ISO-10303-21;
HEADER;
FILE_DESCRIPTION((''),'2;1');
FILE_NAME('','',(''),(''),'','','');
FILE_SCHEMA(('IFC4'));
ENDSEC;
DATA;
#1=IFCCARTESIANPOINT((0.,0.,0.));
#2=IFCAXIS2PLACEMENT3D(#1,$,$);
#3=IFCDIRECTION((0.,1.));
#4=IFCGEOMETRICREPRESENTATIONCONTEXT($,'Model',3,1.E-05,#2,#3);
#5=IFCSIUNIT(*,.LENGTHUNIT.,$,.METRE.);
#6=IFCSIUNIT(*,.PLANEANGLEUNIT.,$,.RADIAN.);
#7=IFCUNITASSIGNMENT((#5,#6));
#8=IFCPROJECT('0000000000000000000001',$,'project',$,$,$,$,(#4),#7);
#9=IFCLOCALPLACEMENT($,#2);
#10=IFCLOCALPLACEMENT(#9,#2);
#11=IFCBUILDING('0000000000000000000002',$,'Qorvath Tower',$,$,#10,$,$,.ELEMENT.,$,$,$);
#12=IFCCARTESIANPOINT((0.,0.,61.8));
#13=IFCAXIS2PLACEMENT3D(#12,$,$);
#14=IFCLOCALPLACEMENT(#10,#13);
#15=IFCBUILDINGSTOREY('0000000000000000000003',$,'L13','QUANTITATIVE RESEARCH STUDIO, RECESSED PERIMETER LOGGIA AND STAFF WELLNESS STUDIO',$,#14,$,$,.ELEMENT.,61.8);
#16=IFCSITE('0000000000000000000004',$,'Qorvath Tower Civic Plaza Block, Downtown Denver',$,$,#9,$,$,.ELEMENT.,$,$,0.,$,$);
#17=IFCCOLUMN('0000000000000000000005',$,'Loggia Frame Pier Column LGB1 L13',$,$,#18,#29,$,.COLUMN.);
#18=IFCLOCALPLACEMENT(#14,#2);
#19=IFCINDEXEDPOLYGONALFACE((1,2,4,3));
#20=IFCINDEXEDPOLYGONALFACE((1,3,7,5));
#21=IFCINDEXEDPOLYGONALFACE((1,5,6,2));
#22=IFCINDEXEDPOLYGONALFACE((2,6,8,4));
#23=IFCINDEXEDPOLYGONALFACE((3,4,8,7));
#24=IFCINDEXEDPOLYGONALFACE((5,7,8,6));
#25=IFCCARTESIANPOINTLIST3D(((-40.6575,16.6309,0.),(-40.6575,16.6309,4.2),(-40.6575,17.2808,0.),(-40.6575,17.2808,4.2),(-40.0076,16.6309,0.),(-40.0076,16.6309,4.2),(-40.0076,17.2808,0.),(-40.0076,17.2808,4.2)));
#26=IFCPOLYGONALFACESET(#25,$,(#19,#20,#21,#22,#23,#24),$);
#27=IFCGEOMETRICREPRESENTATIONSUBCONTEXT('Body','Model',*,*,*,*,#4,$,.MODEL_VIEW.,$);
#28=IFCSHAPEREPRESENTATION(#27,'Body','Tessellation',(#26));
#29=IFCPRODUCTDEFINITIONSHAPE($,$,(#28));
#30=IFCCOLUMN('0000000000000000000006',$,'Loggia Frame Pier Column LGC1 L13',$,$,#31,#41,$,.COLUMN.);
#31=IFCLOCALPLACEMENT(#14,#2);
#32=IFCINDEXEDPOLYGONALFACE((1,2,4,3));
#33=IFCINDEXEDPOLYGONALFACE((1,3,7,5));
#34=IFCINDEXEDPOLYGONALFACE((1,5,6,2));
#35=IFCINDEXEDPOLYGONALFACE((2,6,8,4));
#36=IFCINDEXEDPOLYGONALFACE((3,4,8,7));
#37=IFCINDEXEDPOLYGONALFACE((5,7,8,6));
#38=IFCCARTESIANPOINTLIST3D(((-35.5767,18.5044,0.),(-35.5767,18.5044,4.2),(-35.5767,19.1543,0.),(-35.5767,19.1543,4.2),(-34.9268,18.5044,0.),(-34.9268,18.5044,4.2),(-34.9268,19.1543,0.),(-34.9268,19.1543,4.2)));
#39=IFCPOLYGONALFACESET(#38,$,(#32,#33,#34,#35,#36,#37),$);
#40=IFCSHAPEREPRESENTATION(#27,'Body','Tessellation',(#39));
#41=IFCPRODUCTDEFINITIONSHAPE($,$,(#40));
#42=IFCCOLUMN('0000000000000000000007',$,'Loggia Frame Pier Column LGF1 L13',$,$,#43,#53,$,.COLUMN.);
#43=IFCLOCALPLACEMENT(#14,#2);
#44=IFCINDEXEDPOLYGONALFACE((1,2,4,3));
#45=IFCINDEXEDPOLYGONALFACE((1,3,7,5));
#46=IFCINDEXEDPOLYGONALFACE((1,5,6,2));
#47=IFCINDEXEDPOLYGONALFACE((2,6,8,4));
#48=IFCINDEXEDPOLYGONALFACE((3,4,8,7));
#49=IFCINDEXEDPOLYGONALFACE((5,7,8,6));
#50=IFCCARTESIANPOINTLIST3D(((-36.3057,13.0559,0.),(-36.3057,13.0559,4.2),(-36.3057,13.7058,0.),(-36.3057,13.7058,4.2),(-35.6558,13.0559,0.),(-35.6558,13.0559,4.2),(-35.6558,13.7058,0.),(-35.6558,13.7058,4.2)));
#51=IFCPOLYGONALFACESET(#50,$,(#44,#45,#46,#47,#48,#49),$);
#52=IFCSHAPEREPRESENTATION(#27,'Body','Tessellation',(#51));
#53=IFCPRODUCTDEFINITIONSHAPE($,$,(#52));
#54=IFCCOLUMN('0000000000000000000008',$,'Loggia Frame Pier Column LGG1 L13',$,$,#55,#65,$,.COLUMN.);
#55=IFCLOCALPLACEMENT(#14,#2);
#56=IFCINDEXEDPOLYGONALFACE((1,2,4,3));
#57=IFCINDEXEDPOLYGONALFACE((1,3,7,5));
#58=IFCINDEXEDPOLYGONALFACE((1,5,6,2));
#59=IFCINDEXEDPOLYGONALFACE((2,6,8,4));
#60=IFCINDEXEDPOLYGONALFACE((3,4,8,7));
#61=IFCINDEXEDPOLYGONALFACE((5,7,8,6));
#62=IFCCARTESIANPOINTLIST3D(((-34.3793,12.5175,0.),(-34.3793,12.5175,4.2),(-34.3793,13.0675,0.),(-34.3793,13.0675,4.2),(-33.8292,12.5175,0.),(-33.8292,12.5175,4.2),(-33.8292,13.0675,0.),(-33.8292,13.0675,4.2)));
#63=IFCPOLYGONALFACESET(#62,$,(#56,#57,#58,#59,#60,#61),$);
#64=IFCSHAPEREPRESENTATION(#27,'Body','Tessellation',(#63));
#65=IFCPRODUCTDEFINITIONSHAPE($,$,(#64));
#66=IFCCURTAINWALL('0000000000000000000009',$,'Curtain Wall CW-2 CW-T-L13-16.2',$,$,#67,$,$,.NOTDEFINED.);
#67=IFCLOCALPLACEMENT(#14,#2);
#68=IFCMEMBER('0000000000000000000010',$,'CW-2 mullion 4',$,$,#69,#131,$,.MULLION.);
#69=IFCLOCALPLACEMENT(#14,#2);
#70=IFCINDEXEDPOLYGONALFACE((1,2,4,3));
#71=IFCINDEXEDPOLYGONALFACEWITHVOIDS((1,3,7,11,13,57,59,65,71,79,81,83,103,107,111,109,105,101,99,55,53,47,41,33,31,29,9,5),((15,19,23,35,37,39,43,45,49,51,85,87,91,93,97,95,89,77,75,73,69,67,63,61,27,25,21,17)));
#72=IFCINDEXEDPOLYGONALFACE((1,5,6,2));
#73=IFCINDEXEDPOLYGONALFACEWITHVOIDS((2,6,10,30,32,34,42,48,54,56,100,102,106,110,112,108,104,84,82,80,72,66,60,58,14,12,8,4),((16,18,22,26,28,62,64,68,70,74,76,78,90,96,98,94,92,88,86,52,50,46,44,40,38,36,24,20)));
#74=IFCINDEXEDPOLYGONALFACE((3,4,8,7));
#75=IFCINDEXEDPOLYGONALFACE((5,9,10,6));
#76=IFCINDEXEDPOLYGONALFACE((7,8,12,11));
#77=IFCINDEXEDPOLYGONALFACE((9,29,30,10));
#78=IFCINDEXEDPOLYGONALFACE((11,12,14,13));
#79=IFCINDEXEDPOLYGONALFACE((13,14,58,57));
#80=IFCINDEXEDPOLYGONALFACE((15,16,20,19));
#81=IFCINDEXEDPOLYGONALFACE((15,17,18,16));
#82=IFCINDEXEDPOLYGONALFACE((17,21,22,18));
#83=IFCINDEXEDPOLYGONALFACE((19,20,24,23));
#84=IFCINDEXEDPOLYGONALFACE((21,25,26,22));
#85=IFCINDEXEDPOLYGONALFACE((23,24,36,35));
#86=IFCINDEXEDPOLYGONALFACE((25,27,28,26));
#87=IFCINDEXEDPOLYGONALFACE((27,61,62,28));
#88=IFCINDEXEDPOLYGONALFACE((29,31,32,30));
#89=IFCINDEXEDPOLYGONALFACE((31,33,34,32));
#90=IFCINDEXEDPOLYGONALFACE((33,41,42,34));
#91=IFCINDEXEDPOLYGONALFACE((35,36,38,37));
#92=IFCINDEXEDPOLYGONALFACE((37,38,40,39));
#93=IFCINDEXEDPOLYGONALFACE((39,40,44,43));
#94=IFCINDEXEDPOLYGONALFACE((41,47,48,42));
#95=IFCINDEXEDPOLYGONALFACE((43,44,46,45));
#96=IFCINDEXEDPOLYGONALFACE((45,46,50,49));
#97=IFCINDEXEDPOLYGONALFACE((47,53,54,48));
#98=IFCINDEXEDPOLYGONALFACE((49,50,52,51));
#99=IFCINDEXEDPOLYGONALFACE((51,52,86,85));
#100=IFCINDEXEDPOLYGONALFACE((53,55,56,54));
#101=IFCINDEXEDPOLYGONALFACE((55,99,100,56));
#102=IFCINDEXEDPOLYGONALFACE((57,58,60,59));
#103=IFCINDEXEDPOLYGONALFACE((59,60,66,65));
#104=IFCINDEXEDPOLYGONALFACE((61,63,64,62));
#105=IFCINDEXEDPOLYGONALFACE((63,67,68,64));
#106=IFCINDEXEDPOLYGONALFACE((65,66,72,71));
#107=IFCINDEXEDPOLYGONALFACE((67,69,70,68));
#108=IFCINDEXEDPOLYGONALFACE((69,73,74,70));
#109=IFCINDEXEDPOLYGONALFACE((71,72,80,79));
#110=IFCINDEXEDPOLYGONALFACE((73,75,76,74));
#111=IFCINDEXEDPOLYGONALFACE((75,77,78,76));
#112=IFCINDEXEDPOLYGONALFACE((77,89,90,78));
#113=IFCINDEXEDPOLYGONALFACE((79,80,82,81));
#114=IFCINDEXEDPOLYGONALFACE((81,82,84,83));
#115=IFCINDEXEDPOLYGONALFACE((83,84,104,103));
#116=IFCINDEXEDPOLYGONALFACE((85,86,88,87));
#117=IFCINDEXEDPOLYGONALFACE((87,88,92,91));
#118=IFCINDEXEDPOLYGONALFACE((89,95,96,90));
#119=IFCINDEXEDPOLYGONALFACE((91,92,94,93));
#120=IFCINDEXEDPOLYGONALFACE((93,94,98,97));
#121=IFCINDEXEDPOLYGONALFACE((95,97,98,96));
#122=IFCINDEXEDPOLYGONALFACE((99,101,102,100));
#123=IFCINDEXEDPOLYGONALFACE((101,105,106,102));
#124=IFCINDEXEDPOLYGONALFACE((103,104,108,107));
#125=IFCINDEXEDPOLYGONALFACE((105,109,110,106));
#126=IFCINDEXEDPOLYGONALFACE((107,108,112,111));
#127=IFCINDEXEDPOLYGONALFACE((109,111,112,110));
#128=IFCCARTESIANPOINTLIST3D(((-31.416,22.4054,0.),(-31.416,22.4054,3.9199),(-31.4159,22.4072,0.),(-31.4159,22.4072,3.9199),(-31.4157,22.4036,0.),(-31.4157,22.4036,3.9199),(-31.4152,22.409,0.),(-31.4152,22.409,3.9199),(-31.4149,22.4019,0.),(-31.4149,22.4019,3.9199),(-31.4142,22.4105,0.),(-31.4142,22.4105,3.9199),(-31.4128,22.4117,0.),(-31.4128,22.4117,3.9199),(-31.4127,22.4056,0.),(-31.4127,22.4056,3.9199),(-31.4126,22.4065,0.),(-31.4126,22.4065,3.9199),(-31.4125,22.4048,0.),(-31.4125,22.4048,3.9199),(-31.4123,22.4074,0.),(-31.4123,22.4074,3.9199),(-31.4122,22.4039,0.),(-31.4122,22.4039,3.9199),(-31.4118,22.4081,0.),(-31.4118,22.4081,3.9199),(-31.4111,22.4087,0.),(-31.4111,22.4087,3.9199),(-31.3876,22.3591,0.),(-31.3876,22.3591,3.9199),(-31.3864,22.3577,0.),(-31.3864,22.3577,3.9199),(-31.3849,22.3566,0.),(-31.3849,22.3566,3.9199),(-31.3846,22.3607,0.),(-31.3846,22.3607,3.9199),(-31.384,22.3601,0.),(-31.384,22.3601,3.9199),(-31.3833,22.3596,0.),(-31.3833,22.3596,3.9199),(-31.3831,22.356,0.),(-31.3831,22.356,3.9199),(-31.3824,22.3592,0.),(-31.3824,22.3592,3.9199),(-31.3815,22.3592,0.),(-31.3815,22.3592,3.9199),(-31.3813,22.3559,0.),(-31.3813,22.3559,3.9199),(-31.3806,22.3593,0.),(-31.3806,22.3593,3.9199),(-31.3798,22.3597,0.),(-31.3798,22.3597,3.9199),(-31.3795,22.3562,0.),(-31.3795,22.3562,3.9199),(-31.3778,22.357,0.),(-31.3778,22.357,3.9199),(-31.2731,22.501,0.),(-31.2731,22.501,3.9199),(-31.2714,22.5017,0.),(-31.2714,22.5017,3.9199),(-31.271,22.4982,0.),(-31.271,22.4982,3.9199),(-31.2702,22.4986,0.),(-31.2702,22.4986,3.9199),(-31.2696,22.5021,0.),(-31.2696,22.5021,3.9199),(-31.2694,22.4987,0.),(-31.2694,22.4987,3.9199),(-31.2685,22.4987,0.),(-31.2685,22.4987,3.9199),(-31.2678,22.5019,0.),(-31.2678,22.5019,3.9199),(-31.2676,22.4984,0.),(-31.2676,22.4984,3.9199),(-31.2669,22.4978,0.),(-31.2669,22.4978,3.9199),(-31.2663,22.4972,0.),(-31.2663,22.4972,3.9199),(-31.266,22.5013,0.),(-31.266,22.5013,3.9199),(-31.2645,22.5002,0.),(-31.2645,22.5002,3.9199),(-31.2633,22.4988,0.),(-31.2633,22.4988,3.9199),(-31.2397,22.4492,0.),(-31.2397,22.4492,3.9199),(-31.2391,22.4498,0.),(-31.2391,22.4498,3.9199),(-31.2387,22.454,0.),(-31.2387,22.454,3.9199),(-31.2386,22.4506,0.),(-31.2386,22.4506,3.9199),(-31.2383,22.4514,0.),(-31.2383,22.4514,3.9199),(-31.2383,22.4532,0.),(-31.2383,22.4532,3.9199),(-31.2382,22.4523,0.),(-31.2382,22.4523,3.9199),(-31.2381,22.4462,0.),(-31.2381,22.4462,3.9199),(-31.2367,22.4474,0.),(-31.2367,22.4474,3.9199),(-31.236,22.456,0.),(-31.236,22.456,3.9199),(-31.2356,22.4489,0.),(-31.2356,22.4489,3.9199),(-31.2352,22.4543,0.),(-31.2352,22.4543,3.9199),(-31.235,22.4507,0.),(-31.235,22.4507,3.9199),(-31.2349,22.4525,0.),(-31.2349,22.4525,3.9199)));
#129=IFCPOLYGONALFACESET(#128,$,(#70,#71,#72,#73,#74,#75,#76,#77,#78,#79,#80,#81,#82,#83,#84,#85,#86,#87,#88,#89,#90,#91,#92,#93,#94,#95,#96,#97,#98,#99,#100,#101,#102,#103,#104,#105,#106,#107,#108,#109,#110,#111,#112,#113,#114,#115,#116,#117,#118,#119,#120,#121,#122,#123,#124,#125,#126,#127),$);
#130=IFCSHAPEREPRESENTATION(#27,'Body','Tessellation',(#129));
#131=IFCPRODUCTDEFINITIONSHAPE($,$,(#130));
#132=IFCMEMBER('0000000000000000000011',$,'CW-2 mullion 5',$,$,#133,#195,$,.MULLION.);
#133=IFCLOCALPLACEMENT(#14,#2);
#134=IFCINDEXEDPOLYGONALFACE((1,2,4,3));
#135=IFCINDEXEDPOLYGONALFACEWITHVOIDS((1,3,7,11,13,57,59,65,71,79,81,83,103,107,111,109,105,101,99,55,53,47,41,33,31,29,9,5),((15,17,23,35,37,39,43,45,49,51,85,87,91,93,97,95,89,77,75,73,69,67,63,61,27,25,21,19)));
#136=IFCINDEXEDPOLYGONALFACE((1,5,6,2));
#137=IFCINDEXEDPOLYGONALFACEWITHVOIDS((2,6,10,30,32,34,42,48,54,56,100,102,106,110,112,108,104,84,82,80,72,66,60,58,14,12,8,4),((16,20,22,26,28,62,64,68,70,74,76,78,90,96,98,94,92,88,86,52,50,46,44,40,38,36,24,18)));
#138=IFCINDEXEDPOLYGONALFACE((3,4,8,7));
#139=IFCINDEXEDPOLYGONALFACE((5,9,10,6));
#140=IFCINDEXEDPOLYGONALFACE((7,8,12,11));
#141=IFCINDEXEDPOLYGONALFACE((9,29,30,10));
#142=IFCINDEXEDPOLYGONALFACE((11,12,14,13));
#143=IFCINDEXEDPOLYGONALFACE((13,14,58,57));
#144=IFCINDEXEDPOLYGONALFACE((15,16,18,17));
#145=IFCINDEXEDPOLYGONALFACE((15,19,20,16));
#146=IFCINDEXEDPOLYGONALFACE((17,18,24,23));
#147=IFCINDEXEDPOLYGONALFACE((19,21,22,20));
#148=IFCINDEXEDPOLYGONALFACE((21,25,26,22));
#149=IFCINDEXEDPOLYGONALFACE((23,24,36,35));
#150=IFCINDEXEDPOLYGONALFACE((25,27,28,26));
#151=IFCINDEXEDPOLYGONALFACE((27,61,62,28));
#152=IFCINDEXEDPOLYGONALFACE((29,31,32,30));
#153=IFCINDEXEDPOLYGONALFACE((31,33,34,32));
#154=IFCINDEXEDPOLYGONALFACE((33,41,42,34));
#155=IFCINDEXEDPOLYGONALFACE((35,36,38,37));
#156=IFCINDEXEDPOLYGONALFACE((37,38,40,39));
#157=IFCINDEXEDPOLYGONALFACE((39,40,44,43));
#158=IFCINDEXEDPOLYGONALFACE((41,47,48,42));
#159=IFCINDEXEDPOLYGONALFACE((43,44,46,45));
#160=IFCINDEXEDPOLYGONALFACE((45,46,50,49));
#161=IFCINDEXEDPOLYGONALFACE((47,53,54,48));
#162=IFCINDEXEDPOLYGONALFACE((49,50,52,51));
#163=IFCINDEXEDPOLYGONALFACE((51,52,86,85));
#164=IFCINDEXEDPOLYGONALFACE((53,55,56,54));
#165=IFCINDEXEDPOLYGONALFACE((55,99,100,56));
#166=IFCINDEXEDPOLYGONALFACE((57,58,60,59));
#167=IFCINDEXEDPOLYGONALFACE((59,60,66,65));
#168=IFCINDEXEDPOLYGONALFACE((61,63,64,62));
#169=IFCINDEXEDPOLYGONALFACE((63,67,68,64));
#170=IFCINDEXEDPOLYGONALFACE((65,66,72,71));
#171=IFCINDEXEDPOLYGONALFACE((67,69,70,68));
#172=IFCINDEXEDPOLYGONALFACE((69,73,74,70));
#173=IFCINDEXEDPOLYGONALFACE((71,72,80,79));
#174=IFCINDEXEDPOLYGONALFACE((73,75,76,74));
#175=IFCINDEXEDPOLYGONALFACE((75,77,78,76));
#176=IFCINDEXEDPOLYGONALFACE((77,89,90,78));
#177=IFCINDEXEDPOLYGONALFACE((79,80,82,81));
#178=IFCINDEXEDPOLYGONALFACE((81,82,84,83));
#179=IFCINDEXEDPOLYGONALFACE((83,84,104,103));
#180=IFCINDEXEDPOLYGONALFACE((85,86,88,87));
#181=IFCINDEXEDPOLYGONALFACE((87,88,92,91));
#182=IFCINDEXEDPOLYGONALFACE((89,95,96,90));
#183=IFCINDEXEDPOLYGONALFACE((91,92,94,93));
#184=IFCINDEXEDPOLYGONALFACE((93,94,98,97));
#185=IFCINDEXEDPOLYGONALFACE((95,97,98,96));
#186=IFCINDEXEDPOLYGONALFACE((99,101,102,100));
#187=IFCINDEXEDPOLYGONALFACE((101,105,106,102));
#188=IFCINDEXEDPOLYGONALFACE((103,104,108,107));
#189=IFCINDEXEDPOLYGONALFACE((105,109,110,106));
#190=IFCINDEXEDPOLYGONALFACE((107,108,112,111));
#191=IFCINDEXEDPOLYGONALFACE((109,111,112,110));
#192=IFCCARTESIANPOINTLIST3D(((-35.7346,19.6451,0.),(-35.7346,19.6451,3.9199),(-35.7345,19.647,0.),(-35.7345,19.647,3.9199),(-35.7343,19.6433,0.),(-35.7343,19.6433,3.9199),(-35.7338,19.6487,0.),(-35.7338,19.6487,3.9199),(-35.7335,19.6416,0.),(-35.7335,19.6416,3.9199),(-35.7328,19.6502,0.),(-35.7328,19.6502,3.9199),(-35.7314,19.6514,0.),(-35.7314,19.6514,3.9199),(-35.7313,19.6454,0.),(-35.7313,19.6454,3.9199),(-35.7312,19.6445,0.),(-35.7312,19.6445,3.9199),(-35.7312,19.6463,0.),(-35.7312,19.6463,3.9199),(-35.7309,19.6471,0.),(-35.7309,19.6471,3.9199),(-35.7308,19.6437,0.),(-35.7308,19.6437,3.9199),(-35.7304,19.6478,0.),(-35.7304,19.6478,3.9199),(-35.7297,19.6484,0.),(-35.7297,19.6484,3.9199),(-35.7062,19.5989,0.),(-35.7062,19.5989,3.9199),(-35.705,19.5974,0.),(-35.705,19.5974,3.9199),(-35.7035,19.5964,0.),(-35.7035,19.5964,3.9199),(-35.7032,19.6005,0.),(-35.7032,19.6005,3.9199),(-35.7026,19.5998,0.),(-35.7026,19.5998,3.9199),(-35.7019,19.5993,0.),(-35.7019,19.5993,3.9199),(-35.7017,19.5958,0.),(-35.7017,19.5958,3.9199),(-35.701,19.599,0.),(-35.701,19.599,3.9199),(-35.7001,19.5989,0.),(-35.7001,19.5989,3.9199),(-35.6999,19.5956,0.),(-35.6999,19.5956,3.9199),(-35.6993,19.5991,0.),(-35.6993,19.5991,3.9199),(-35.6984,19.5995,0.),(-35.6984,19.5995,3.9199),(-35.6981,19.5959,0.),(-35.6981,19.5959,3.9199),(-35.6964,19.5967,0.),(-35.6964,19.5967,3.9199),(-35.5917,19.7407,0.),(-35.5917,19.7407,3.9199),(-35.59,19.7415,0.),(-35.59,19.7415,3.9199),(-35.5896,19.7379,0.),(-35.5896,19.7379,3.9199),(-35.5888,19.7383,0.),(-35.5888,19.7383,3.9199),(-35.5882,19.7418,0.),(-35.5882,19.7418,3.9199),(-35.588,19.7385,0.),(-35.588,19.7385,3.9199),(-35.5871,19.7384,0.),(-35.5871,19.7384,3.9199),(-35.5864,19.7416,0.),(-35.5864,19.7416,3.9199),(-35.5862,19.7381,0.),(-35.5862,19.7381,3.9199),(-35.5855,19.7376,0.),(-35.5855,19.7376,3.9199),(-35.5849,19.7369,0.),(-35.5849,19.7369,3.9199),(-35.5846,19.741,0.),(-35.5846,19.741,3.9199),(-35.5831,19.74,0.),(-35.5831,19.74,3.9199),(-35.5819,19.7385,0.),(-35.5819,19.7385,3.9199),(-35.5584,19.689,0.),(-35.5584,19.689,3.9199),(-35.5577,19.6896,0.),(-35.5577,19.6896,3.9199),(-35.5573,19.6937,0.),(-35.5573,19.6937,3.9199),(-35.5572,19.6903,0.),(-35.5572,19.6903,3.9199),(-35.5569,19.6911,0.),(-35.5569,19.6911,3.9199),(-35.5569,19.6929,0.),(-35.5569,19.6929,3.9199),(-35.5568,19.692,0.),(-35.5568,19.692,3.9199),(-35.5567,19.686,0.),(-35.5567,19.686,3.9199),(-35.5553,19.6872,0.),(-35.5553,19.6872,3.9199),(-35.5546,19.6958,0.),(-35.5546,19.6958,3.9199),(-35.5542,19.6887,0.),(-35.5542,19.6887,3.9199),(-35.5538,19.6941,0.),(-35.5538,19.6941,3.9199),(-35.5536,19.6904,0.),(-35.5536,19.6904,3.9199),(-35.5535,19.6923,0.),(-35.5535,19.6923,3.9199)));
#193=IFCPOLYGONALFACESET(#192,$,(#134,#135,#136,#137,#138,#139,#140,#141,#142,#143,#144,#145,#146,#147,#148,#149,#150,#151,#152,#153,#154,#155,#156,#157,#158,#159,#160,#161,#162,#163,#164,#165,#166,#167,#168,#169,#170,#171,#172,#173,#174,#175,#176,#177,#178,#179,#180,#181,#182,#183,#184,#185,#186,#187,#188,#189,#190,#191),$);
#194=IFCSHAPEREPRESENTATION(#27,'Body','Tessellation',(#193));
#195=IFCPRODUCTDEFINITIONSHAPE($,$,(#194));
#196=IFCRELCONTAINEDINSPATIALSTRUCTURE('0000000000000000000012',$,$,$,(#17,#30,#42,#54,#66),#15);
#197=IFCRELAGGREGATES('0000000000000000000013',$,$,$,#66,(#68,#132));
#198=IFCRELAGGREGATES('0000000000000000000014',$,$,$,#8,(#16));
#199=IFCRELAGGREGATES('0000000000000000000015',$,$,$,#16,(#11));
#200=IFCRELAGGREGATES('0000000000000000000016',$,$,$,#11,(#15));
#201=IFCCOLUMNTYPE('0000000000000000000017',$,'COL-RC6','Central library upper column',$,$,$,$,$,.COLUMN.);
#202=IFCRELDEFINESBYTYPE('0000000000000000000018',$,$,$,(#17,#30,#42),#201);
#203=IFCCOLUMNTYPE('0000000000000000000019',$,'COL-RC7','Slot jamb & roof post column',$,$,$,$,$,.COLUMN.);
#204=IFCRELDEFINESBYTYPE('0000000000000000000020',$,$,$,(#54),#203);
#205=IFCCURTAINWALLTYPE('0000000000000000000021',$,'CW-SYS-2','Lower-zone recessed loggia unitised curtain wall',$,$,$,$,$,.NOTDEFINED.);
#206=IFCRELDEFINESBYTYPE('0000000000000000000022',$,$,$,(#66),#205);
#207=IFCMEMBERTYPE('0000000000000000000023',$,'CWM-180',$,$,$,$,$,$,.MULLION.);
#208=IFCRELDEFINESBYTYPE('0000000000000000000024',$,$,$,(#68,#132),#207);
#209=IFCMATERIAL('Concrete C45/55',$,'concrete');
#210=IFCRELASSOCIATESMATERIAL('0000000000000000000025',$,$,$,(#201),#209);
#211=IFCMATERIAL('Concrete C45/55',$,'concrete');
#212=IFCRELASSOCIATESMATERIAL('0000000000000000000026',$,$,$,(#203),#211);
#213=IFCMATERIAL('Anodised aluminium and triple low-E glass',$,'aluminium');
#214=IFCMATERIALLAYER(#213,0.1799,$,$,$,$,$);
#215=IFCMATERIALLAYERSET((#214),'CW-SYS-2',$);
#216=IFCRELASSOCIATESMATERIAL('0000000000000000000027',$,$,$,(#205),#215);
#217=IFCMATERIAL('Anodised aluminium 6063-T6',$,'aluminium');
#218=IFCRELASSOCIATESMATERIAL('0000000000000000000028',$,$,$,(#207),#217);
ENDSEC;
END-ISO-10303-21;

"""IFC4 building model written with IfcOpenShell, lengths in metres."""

from ifc_helpers import new_model, si_unit, direction, frame, origin, origin_2d, place, context, subcontext, project, spatial, rectangle, hollow_rectangle, extrude, material, layer, layer_set, material_profile, profile_set, type_object, element, aggregate, save


model = new_model("IFC4")

# Units and contexts
model_context = context("Model", 3, precision=1e-05, world=origin(), true_north=direction((0.0, 1.0)))
body_context = subcontext(model_context, "Body", "Model", "MODEL_VIEW")
ifc_project = project(units=[si_unit("LENGTHUNIT", "METRE"), si_unit("PLANEANGLEUNIT", "RADIAN")], contexts=[model_context])

# Site, building, storey
site_placement = place(None, origin())
site = spatial("IfcSite", under=ifc_project, at=site_placement, Name="Qorvath Tower Civic Plaza Block, Downtown Denver", CompositionType="ELEMENT", RefElevation=0.0)
building_placement = place(site_placement, origin())
building = spatial("IfcBuilding", under=site, at=building_placement, Name="Qorvath Tower", CompositionType="ELEMENT")
storey_placement = place(building_placement, frame((0.0, 0.0, 61.8)))
storey = spatial("IfcBuildingStorey", under=building, at=storey_placement, Name="L13", Description="QUANTITATIVE RESEARCH STUDIO, RECESSED PERIMETER LOGGIA AND STAFF WELLNESS STUDIO", CompositionType="ELEMENT", Elevation=61.8)

# Columns
ifc_material_1 = material(Name="Concrete C45/55", Category="concrete")
ifc_material_profile_1 = material_profile(ifc_material_1, rectangle(XDim=0.6499, YDim=0.6499, at=origin_2d()), Name="RC 650x650")
ifc_profile_set_1 = profile_set([ifc_material_profile_1], Name="Concrete C45/55")
column_type_1 = type_object("IfcColumnType", Name="COL-RC6", Description="Central library upper column", PredefinedType="COLUMN", material=ifc_profile_set_1)
for number, where, z_axis, x_axis, name in (
    (1, (-40.3325, 16.9558, 0.0), (0.0, 0.0, 1.0), (1.0, 0.0, 0.0), "Loggia Frame Pier Column LGB1 L13"),
    (2, (-35.2517, 18.8293, 0.0), (0.0, 0.0, 1.0), (1.0, 0.0, 0.0), "Loggia Frame Pier Column LGC1 L13"),
    (3, (-35.9807, 13.3809, 0.0), (0.0, 0.0, 1.0), (1.0, 0.0, 0.0), "Loggia Frame Pier Column LGF1 L13"),
):
    element("IfcColumn", number, at=place(storey_placement, frame(where, z_axis=z_axis, x_axis=x_axis)), inside=storey, type_object=column_type_1, Name=name, PredefinedType="COLUMN", context=body_context, shape_type="SweptSolid", body=[
        extrude(rectangle(XDim=0.6499, YDim=0.6499, at=origin_2d()), origin(), (0.0, 0.0, 1.0), 4.2),
    ])
ifc_material_2 = material(Name="Concrete C45/55", Category="concrete")
ifc_material_profile_2 = material_profile(ifc_material_2, rectangle(XDim=0.55, YDim=0.55, at=origin_2d()), Name="RC 550x550")
ifc_profile_set_2 = profile_set([ifc_material_profile_2], Name="Concrete C45/55")
column_type_2 = type_object("IfcColumnType", Name="COL-RC7", Description="Slot jamb & roof post column", PredefinedType="COLUMN", material=ifc_profile_set_2)
column_placement = place(storey_placement, frame((-34.1042, 12.7925, 0.0), z_axis=(0.0, 0.0, 1.0), x_axis=(1.0, 0.0, 0.0)))
element("IfcColumn", 4, at=column_placement, inside=storey, type_object=column_type_2, Name="Loggia Frame Pier Column LGG1 L13", PredefinedType="COLUMN", context=body_context, shape_type="SweptSolid", body=[
    extrude(rectangle(XDim=0.55, YDim=0.55, at=origin_2d()), origin(), (0.0, 0.0, 1.0), 4.2),
])

# Curtain wall, members
ifc_material_3 = material(Name="Anodised aluminium and triple low-E glass", Category="aluminium")
ifc_layer_1 = layer(ifc_material_3, 0.1799)
ifc_layer_set_1 = layer_set([ifc_layer_1], Name="CW-SYS-2")
curtain_wall_type = type_object("IfcCurtainWallType", Name="CW-SYS-2", Description="Lower-zone recessed loggia unitised curtain wall", PredefinedType="NOTDEFINED", material=ifc_layer_set_1)
curtain_wall_1_placement = place(storey_placement, origin())
curtain_wall_1 = element("IfcCurtainWall", 5, at=curtain_wall_1_placement, inside=storey, type_object=curtain_wall_type, Name="Curtain Wall CW-2 CW-T-L13-16.2", PredefinedType="NOTDEFINED")
ifc_material_4 = material(Name="Anodised aluminium 6063-T6", Category="aluminium")
ifc_material_profile_3 = material_profile(ifc_material_4, hollow_rectangle(XDim=0.0649, YDim=0.1799, WallThickness=0.0034, InnerFilletRadius=0.0034, OuterFilletRadius=0.0071, at=origin_2d()), Name="CWM 180x65")
ifc_profile_set_3 = profile_set([ifc_material_profile_3], Name="Anodised aluminium 6063-T6")
member_type_1 = type_object("IfcMemberType", Name="CWM-180", PredefinedType="MULLION", material=ifc_profile_set_3)
member_1_placement = place(storey_placement, frame((-31.3254, 22.429, 0.0), z_axis=(0.0, 0.0, 1.0), x_axis=(0.538539, -0.8426, 0.0)))
member_1 = element("IfcMember", 6, at=member_1_placement, type_object=member_type_1, Name="CW-2 mullion 4", PredefinedType="MULLION", context=body_context, shape_type="SweptSolid", body=[
    extrude(hollow_rectangle(XDim=0.0649, YDim=0.1799, WallThickness=0.0034, InnerFilletRadius=0.0034, OuterFilletRadius=0.0071, at=origin_2d()), origin(), (0.0, 0.0, 1.0), 3.9199),
])
member_2_placement = place(storey_placement, frame((-35.644, 19.6687, 0.0), z_axis=(0.0, 0.0, 1.0), x_axis=(0.538539, -0.8426, 0.0)))
member_2 = element("IfcMember", 7, at=member_2_placement, type_object=member_type_1, Name="CW-2 mullion 5", PredefinedType="MULLION", context=body_context, shape_type="SweptSolid", body=[
    extrude(hollow_rectangle(XDim=0.0649, YDim=0.1799, WallThickness=0.0034, InnerFilletRadius=0.0034, OuterFilletRadius=0.0071, at=origin_2d()), origin(), (0.0, 0.0, 1.0), 3.9199),
])

aggregate(curtain_wall_1, [member_1, member_2])

save(model, "model.ifc")
